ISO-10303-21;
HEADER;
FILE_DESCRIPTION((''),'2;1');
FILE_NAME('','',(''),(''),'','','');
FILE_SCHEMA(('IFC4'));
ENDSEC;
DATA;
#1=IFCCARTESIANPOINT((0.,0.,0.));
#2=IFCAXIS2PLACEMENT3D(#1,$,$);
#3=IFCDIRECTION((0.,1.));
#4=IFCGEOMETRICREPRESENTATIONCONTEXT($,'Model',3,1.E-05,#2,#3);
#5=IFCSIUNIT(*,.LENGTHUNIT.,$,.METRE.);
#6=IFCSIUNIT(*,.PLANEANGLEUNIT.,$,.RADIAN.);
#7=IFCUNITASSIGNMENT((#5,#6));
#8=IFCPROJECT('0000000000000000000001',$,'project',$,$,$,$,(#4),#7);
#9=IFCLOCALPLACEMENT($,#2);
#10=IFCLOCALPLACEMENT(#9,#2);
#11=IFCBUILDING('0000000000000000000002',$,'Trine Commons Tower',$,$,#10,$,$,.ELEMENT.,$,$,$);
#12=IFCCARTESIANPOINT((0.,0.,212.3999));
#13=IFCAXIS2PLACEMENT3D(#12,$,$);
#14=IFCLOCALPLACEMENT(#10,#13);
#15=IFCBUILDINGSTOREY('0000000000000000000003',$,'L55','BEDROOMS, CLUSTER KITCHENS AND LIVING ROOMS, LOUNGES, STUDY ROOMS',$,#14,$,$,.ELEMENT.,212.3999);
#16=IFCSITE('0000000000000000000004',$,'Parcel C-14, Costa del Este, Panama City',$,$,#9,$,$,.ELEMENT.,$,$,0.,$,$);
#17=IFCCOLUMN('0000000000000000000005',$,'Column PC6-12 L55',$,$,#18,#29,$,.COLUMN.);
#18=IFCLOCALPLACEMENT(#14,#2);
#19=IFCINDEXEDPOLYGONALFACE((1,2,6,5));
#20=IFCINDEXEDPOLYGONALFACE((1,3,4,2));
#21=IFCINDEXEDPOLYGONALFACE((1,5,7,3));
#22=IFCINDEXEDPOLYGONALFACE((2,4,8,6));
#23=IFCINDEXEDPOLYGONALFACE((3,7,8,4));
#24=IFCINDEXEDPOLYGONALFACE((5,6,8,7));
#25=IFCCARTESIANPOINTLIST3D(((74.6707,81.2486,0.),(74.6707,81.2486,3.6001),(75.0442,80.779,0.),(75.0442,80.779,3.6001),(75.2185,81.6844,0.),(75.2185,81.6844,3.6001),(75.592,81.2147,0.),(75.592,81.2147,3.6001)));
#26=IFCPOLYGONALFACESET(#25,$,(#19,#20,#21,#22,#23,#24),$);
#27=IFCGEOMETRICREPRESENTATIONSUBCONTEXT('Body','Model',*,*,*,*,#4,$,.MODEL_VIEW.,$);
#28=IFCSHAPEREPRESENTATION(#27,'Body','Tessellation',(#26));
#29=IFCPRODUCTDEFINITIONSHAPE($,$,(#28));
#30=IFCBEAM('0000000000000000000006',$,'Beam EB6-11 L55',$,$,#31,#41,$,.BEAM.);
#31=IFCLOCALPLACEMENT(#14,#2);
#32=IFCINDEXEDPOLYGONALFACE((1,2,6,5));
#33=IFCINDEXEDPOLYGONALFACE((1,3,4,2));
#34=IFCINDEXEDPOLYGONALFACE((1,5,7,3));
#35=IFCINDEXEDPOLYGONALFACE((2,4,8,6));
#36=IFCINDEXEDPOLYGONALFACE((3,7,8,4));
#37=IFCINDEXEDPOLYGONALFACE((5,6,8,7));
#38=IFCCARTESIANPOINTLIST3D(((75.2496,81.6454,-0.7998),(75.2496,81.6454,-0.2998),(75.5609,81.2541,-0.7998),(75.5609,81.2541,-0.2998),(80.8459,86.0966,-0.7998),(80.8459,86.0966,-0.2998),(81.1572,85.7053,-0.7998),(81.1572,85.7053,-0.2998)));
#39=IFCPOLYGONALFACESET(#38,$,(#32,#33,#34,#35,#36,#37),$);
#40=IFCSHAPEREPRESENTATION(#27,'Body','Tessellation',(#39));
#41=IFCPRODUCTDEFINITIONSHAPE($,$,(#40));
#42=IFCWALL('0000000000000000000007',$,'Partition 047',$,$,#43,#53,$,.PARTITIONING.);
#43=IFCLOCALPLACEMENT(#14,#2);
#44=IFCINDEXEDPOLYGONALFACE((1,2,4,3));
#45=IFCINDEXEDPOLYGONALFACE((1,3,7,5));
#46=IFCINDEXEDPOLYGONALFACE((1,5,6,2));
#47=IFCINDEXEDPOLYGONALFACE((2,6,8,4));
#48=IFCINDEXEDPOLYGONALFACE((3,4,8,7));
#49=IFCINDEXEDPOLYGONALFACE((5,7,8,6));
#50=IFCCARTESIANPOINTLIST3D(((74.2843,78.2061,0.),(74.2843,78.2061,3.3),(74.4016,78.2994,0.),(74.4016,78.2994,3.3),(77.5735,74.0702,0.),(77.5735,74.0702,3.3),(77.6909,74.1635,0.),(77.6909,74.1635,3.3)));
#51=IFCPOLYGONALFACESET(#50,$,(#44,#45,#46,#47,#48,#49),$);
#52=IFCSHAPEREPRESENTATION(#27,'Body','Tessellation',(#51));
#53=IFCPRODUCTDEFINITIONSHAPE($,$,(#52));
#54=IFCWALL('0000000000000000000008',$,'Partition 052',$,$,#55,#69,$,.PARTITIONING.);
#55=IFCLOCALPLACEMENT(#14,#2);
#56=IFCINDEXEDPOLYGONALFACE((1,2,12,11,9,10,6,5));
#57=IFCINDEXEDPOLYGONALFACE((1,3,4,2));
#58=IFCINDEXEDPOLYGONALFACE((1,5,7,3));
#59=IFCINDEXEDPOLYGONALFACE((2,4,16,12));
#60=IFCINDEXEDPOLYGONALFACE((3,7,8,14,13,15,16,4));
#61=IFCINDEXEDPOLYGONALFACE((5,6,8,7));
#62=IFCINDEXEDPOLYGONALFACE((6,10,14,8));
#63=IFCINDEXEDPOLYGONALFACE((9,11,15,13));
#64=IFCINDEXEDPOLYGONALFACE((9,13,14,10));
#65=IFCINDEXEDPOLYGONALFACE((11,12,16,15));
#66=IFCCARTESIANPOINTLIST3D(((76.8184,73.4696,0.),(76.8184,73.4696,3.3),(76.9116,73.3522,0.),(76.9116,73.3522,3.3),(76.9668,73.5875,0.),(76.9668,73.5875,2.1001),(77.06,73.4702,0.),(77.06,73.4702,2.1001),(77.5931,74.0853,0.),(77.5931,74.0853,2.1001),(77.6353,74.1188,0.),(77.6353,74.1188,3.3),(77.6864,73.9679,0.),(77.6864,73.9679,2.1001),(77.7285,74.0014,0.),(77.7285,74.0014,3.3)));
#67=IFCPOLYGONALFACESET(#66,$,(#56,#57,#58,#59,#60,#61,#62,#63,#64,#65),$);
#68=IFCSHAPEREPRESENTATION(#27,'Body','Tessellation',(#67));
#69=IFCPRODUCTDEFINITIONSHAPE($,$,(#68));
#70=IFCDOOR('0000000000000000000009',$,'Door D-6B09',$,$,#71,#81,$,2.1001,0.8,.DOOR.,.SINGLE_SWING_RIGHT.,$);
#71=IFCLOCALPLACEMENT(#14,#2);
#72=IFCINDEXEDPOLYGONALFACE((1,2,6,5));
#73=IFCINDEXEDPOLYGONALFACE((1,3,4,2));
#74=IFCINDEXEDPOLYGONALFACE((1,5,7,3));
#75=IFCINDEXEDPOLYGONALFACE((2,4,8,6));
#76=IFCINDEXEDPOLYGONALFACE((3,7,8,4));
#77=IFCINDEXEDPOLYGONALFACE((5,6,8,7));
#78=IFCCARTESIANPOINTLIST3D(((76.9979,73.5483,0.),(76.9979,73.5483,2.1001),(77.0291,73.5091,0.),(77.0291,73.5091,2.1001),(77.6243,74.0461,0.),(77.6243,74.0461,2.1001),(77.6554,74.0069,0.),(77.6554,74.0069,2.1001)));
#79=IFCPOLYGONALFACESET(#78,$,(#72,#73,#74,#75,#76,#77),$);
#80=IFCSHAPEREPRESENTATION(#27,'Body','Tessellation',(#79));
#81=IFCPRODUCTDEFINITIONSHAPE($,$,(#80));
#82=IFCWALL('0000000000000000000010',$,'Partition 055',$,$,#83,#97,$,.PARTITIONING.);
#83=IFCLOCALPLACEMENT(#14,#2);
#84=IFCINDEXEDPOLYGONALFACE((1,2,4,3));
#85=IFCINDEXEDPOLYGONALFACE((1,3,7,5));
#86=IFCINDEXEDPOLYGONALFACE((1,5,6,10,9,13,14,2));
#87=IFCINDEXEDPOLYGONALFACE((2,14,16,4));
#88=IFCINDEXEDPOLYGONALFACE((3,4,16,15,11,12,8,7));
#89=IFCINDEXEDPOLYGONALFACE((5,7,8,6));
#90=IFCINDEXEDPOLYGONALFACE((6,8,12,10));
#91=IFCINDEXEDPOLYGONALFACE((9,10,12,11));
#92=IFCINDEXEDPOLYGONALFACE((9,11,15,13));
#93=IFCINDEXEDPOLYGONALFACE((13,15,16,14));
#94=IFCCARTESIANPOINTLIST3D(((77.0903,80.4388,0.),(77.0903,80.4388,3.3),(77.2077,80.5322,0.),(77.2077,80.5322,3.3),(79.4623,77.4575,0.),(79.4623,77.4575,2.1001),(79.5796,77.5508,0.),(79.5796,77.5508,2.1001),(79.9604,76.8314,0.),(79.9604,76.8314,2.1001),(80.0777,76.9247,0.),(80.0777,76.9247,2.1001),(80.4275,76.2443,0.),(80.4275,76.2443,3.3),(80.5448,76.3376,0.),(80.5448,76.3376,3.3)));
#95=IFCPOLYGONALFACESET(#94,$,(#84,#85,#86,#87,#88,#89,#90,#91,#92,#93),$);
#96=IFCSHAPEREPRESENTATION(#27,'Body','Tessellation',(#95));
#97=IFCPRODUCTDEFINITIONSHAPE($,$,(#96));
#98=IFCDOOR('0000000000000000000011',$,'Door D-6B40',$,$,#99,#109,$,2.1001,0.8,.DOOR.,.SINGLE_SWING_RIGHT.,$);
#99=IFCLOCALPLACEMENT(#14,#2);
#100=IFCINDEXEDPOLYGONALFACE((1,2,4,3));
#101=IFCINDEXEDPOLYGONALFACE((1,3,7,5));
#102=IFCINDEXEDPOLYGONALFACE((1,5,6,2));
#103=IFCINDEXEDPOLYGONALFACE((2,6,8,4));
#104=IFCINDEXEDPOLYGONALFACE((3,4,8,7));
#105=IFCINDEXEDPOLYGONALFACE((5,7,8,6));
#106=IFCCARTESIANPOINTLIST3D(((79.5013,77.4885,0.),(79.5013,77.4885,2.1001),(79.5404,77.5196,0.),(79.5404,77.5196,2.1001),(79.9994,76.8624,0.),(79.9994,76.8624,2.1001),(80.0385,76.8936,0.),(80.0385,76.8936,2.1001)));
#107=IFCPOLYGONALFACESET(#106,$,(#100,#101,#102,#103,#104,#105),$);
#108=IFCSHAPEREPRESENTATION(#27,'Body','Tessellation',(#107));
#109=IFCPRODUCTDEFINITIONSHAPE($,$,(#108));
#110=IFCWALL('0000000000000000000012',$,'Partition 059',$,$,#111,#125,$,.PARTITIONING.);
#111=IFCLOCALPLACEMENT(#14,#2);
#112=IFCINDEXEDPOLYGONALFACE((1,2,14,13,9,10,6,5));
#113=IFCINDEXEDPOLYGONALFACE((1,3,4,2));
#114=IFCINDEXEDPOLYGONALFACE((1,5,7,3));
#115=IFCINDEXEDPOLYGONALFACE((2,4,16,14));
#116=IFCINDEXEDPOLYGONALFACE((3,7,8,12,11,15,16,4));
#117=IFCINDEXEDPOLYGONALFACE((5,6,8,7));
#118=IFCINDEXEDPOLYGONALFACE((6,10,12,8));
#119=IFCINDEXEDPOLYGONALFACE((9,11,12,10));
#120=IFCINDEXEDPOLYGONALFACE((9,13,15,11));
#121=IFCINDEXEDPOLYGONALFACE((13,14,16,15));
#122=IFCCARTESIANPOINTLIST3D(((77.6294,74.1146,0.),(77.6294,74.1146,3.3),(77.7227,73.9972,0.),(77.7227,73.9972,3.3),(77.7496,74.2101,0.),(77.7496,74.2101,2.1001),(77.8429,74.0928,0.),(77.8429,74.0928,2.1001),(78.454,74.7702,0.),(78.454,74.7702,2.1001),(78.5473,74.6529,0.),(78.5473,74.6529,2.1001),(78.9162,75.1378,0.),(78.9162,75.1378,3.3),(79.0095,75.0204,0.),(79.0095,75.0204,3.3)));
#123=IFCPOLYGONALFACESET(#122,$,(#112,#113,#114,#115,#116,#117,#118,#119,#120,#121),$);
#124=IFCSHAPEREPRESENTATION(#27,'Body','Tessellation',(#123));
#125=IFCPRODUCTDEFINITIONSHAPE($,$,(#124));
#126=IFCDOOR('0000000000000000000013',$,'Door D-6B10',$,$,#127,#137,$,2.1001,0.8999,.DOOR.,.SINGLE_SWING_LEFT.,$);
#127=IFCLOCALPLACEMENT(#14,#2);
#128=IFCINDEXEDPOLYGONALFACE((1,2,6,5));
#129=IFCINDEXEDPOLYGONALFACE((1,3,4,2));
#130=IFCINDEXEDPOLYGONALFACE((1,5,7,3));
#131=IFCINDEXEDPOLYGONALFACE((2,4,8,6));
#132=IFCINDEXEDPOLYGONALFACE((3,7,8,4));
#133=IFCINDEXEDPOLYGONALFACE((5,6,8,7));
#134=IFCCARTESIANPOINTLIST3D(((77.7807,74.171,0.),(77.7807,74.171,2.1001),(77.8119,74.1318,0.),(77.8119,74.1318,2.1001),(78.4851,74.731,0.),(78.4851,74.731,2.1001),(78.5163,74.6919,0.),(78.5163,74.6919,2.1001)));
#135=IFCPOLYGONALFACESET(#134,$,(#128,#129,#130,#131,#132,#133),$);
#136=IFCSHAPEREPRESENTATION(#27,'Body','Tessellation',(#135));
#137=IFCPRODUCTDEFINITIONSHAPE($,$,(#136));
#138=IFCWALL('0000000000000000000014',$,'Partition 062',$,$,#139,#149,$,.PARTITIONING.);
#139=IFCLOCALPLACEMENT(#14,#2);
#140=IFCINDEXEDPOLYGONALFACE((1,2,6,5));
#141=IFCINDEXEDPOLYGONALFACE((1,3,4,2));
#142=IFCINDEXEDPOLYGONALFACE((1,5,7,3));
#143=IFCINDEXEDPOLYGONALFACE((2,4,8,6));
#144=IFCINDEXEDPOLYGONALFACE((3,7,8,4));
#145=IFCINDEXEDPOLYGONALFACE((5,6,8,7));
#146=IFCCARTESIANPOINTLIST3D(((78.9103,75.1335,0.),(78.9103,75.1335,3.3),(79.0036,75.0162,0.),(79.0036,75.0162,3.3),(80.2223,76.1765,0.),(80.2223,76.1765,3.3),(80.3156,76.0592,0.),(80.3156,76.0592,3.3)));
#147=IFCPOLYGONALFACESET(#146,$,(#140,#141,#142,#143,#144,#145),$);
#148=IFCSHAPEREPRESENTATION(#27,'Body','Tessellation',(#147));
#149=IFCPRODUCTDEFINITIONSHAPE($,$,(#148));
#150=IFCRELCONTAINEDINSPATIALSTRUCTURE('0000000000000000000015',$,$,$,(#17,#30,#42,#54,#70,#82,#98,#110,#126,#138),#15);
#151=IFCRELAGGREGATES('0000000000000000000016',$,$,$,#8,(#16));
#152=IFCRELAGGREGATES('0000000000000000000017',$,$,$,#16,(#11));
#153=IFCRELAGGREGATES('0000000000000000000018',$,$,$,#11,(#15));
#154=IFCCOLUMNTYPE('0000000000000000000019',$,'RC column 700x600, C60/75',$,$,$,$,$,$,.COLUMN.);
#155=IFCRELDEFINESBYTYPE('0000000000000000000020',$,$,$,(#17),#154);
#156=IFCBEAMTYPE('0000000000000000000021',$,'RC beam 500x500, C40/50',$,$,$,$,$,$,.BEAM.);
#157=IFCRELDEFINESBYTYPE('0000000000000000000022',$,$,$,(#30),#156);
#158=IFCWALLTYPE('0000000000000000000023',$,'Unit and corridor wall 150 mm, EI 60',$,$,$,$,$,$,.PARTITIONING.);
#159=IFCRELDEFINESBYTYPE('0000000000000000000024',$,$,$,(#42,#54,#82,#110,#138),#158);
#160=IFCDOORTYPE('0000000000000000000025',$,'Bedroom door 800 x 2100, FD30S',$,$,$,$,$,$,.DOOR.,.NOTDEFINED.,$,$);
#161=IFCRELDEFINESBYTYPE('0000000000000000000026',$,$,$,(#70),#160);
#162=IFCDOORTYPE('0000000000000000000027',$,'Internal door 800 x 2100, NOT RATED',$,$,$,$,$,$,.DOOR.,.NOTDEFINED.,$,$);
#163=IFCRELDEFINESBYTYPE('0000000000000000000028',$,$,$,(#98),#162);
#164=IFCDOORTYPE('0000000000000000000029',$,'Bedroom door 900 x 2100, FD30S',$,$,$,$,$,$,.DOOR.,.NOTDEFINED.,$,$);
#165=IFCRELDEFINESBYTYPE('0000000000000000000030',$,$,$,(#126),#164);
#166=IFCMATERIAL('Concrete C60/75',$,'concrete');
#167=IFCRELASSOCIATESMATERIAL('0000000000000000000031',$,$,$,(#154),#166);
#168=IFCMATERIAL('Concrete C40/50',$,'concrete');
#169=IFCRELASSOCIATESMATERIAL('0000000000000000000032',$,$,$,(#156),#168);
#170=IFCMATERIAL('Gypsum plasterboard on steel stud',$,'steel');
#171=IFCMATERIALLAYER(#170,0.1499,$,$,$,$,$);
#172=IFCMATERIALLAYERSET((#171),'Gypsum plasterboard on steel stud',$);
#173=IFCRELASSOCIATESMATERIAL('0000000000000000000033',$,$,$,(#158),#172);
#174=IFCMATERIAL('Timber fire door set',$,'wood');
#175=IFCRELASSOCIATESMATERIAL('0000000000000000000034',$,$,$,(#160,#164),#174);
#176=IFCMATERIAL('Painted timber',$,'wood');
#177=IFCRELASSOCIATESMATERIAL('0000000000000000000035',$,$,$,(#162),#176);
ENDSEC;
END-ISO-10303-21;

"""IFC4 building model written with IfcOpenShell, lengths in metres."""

from ifc_helpers import new_model, si_unit, direction, frame, frame_2d, origin, origin_2d, place, context, subcontext, project, spatial, rectangle, extrude, material, layer, layer_set, material_profile, profile_set, type_object, element, fill, save


model = new_model("IFC4")

# Units and contexts
model_context = context("Model", 3, precision=1e-05, world=origin(), true_north=direction((0.0, 1.0)))
body_context = subcontext(model_context, "Body", "Model", "MODEL_VIEW")
ifc_project = project(units=[si_unit("LENGTHUNIT", "METRE"), si_unit("PLANEANGLEUNIT", "RADIAN")], contexts=[model_context])

# Site, building, storey
site_placement = place(None, origin())
site = spatial("IfcSite", under=ifc_project, at=site_placement, Name="Parcel C-14, Costa del Este, Panama City", CompositionType="ELEMENT", RefElevation=0.0)
building_placement = place(site_placement, origin())
building = spatial("IfcBuilding", under=site, at=building_placement, Name="Trine Commons Tower", CompositionType="ELEMENT")
storey_placement = place(building_placement, frame((0.0, 0.0, 212.3999)))
storey = spatial("IfcBuildingStorey", under=building, at=storey_placement, Name="L55", Description="BEDROOMS, CLUSTER KITCHENS AND LIVING ROOMS, LOUNGES, STUDY ROOMS", CompositionType="ELEMENT", Elevation=212.3999)

# Column
ifc_material_1 = material(Name="Concrete C60/75", Category="concrete")
ifc_material_profile_1 = material_profile(ifc_material_1, rectangle(XDim=0.7, YDim=0.6001, at=origin_2d()), Name="RC 700x600")
ifc_profile_set_1 = profile_set([ifc_material_profile_1], Name="Concrete C60/75")
column_type = type_object("IfcColumnType", Name="RC column 700x600, C60/75", PredefinedType="COLUMN", material=ifc_profile_set_1)
column_placement = place(storey_placement, frame((75.1313, 81.2317, 0.0), z_axis=(0.0, 0.0, 1.0), x_axis=(0.782608, 0.622515, 0.0)))
element("IfcColumn", 1, at=column_placement, inside=storey, type_object=column_type, Name="Column PC6-12 L55", PredefinedType="COLUMN", context=body_context, shape_type="SweptSolid", body=[
    extrude(rectangle(XDim=0.7, YDim=0.6001, at=origin_2d()), origin(), (0.0, 0.0, 1.0), 3.6001),
])

# Beam
ifc_material_2 = material(Name="Concrete C40/50", Category="concrete")
ifc_material_profile_2 = material_profile(ifc_material_2, rectangle(XDim=0.5, YDim=0.5, at=origin_2d()), Name="RC 500x500")
ifc_profile_set_2 = profile_set([ifc_material_profile_2], Name="Concrete C40/50")
beam_type = type_object("IfcBeamType", Name="RC beam 500x500, C40/50", PredefinedType="BEAM", material=ifc_profile_set_2)
beam_placement = place(storey_placement, frame((75.4053, 81.4497, -0.5498), z_axis=(0.782624, 0.622494, 0.0), x_axis=(-0.622494, 0.782624, 0.0)))
element("IfcBeam", 2, at=beam_placement, inside=storey, type_object=beam_type, Name="Beam EB6-11 L55", PredefinedType="BEAM", context=body_context, shape_type="SweptSolid", body=[
    extrude(rectangle(XDim=0.5, YDim=0.5, at=origin_2d()), origin(), (0.0, 0.0, 1.0), 7.1506),
])

# Wall
ifc_material_3 = material(Name="Gypsum plasterboard on steel stud", Category="steel")
ifc_layer_1 = layer(ifc_material_3, 0.1499)
ifc_layer_set_1 = layer_set([ifc_layer_1], Name="Gypsum plasterboard on steel stud")
wall_type_1 = type_object("IfcWallType", Name="Unit and corridor wall 150 mm, EI 60", PredefinedType="PARTITIONING", material=ifc_layer_set_1)
wall_1_placement = place(storey_placement, frame((74.343, 78.2527, 0.0), z_axis=(0.0, 0.0, 1.0), x_axis=(0.622444, -0.782664, 0.0)))
element("IfcWall", 3, at=wall_1_placement, inside=storey, type_object=wall_type_1, Name="Partition 047", PredefinedType="PARTITIONING", context=body_context, shape_type="SweptSolid", body=[
    extrude(rectangle(XDim=5.2844, YDim=0.1499, at=frame_2d((2.6421, 0.0))), origin(), (0.0, 0.0, 1.0), 3.3),
])

# Walls, openings, doors
wall_2_placement = place(storey_placement, frame((76.865, 73.4109, 0.0), z_axis=(0.0, 0.0, 1.0), x_axis=(0.782896, 0.622152, 0.0)))
wall_2 = element("IfcWall", 4, at=wall_2_placement, inside=storey, type_object=wall_type_1, Name="Partition 052", PredefinedType="PARTITIONING", context=body_context, shape_type="SweptSolid", body=[
    extrude(rectangle(XDim=1.0435, YDim=0.1499, at=frame_2d((0.5217, 0.0))), origin(), (0.0, 0.0, 1.0), 3.3),
])
opening_1_placement = place(wall_2_placement, frame((0.1897, 0.0, 0.0)))
opening_1 = element("IfcOpeningElement", 5, at=opening_1_placement, cuts=wall_2, PredefinedType="OPENING", context=body_context, shape_type="SweptSolid", body=[
    extrude(rectangle(XDim=0.8, YDim=2.1001, at=frame_2d((0.3999, 1.05))), frame((0.0, 0.085, 0.0), z_axis=(0.0, -1.0, 0.0), x_axis=(1.0, 0.0, 0.0)), (0.0, 0.0, 1.0), 0.1699),
])
ifc_material_4 = material(Name="Timber fire door set", Category="wood")
door_type_1 = type_object("IfcDoorType", Name="Bedroom door 800 x 2100, FD30S", OperationType="NOTDEFINED", PredefinedType="DOOR", material=ifc_material_4)
door_1_placement = place(opening_1_placement, origin())
door_1 = element("IfcDoor", 6, at=door_1_placement, inside=storey, type_object=door_type_1, Name="Door D-6B09", OperationType="SINGLE_SWING_RIGHT", OverallHeight=2.1001, OverallWidth=0.8, PredefinedType="DOOR", context=body_context, shape_type="SweptSolid", body=[
    extrude(rectangle(XDim=0.8, YDim=2.1001, at=frame_2d((0.3999, 1.05))), frame((0.0, 0.0249, 0.0), z_axis=(0.0, -1.0, 0.0), x_axis=(1.0, 0.0, 0.0)), (0.0, 0.0, 1.0), 0.05),
])
fill(opening_1, door_1)
wall_3_placement = place(storey_placement, frame((77.1489, 80.4856, 0.0), z_axis=(0.0, 0.0, 1.0), x_axis=(0.622588, -0.78255, 0.0)))
wall_3 = element("IfcWall", 7, at=wall_3_placement, inside=storey, type_object=wall_type_1, Name="Partition 055", PredefinedType="PARTITIONING", context=body_context, shape_type="SweptSolid", body=[
    extrude(rectangle(XDim=5.3601, YDim=0.1499, at=frame_2d((2.6802, 0.0))), origin(), (0.0, 0.0, 1.0), 3.3),
])
opening_2_placement = place(wall_3_placement, frame((3.8101, 0.0, 0.0)))
opening_2 = element("IfcOpeningElement", 8, at=opening_2_placement, cuts=wall_3, PredefinedType="OPENING", context=body_context, shape_type="SweptSolid", body=[
    extrude(rectangle(XDim=0.8, YDim=2.1001, at=frame_2d((0.3999, 1.05))), frame((0.0, 0.085, 0.0), z_axis=(0.0, -1.0, 0.0), x_axis=(1.0, 0.0, 0.0)), (0.0, 0.0, 1.0), 0.1699),
])
ifc_material_5 = material(Name="Painted timber", Category="wood")
door_type_2 = type_object("IfcDoorType", Name="Internal door 800 x 2100, NOT RATED", OperationType="NOTDEFINED", PredefinedType="DOOR", material=ifc_material_5)
door_2_placement = place(opening_2_placement, origin())
door_2 = element("IfcDoor", 9, at=door_2_placement, inside=storey, type_object=door_type_2, Name="Door D-6B40", OperationType="SINGLE_SWING_RIGHT", OverallHeight=2.1001, OverallWidth=0.8, PredefinedType="DOOR", context=body_context, shape_type="SweptSolid", body=[
    extrude(rectangle(XDim=0.8, YDim=2.1001, at=frame_2d((0.3999, 1.05))), frame((0.0, 0.0249, 0.0), z_axis=(0.0, -1.0, 0.0), x_axis=(1.0, 0.0, 0.0)), (0.0, 0.0, 1.0), 0.05),
])
fill(opening_2, door_2)
wall_4_placement = place(storey_placement, frame((77.676, 74.0559, 0.0), z_axis=(0.0, 0.0, 1.0), x_axis=(0.782734, 0.622356, 0.0)))
wall_4 = element("IfcWall", 10, at=wall_4_placement, inside=storey, type_object=wall_type_1, Name="Partition 059", PredefinedType="PARTITIONING", context=body_context, shape_type="SweptSolid", body=[
    extrude(rectangle(XDim=1.644, YDim=0.1499, at=frame_2d((0.822, 0.0))), origin(), (0.0, 0.0, 1.0), 3.3),
])
opening_3_placement = place(wall_4_placement, frame((0.1536, 0.0, 0.0)))
opening_3 = element("IfcOpeningElement", 11, at=opening_3_placement, cuts=wall_4, PredefinedType="OPENING", context=body_context, shape_type="SweptSolid", body=[
    extrude(rectangle(XDim=0.8999, YDim=2.1001, at=frame_2d((0.45, 1.05))), frame((0.0, 0.085, 0.0), z_axis=(0.0, -1.0, 0.0), x_axis=(1.0, 0.0, 0.0)), (0.0, 0.0, 1.0), 0.1699),
])
door_type_3 = type_object("IfcDoorType", Name="Bedroom door 900 x 2100, FD30S", OperationType="NOTDEFINED", PredefinedType="DOOR", material=ifc_material_4)
door_3_placement = place(opening_3_placement, origin())
door_3 = element("IfcDoor", 12, at=door_3_placement, inside=storey, type_object=door_type_3, Name="Door D-6B10", OperationType="SINGLE_SWING_LEFT", OverallHeight=2.1001, OverallWidth=0.8999, PredefinedType="DOOR", context=body_context, shape_type="SweptSolid", body=[
    extrude(rectangle(XDim=0.8999, YDim=2.1001, at=frame_2d((0.45, 1.05))), frame((0.0, 0.0249, 0.0), z_axis=(0.0, -1.0, 0.0), x_axis=(1.0, 0.0, 0.0)), (0.0, 0.0, 1.0), 0.05),
])
fill(opening_3, door_3)

# Wall
wall_5_placement = place(storey_placement, frame((78.957, 75.075, 0.0), z_axis=(0.0, 0.0, 1.0), x_axis=(0.782798, 0.622276, 0.0)))
element("IfcWall", 13, at=wall_5_placement, inside=storey, type_object=wall_type_1, Name="Partition 062", PredefinedType="PARTITIONING", context=body_context, shape_type="SweptSolid", body=[
    extrude(rectangle(XDim=1.676, YDim=0.1499, at=frame_2d((0.8379, 0.0))), origin(), (0.0, 0.0, 1.0), 3.3),
])

save(model, "model.ifc")
